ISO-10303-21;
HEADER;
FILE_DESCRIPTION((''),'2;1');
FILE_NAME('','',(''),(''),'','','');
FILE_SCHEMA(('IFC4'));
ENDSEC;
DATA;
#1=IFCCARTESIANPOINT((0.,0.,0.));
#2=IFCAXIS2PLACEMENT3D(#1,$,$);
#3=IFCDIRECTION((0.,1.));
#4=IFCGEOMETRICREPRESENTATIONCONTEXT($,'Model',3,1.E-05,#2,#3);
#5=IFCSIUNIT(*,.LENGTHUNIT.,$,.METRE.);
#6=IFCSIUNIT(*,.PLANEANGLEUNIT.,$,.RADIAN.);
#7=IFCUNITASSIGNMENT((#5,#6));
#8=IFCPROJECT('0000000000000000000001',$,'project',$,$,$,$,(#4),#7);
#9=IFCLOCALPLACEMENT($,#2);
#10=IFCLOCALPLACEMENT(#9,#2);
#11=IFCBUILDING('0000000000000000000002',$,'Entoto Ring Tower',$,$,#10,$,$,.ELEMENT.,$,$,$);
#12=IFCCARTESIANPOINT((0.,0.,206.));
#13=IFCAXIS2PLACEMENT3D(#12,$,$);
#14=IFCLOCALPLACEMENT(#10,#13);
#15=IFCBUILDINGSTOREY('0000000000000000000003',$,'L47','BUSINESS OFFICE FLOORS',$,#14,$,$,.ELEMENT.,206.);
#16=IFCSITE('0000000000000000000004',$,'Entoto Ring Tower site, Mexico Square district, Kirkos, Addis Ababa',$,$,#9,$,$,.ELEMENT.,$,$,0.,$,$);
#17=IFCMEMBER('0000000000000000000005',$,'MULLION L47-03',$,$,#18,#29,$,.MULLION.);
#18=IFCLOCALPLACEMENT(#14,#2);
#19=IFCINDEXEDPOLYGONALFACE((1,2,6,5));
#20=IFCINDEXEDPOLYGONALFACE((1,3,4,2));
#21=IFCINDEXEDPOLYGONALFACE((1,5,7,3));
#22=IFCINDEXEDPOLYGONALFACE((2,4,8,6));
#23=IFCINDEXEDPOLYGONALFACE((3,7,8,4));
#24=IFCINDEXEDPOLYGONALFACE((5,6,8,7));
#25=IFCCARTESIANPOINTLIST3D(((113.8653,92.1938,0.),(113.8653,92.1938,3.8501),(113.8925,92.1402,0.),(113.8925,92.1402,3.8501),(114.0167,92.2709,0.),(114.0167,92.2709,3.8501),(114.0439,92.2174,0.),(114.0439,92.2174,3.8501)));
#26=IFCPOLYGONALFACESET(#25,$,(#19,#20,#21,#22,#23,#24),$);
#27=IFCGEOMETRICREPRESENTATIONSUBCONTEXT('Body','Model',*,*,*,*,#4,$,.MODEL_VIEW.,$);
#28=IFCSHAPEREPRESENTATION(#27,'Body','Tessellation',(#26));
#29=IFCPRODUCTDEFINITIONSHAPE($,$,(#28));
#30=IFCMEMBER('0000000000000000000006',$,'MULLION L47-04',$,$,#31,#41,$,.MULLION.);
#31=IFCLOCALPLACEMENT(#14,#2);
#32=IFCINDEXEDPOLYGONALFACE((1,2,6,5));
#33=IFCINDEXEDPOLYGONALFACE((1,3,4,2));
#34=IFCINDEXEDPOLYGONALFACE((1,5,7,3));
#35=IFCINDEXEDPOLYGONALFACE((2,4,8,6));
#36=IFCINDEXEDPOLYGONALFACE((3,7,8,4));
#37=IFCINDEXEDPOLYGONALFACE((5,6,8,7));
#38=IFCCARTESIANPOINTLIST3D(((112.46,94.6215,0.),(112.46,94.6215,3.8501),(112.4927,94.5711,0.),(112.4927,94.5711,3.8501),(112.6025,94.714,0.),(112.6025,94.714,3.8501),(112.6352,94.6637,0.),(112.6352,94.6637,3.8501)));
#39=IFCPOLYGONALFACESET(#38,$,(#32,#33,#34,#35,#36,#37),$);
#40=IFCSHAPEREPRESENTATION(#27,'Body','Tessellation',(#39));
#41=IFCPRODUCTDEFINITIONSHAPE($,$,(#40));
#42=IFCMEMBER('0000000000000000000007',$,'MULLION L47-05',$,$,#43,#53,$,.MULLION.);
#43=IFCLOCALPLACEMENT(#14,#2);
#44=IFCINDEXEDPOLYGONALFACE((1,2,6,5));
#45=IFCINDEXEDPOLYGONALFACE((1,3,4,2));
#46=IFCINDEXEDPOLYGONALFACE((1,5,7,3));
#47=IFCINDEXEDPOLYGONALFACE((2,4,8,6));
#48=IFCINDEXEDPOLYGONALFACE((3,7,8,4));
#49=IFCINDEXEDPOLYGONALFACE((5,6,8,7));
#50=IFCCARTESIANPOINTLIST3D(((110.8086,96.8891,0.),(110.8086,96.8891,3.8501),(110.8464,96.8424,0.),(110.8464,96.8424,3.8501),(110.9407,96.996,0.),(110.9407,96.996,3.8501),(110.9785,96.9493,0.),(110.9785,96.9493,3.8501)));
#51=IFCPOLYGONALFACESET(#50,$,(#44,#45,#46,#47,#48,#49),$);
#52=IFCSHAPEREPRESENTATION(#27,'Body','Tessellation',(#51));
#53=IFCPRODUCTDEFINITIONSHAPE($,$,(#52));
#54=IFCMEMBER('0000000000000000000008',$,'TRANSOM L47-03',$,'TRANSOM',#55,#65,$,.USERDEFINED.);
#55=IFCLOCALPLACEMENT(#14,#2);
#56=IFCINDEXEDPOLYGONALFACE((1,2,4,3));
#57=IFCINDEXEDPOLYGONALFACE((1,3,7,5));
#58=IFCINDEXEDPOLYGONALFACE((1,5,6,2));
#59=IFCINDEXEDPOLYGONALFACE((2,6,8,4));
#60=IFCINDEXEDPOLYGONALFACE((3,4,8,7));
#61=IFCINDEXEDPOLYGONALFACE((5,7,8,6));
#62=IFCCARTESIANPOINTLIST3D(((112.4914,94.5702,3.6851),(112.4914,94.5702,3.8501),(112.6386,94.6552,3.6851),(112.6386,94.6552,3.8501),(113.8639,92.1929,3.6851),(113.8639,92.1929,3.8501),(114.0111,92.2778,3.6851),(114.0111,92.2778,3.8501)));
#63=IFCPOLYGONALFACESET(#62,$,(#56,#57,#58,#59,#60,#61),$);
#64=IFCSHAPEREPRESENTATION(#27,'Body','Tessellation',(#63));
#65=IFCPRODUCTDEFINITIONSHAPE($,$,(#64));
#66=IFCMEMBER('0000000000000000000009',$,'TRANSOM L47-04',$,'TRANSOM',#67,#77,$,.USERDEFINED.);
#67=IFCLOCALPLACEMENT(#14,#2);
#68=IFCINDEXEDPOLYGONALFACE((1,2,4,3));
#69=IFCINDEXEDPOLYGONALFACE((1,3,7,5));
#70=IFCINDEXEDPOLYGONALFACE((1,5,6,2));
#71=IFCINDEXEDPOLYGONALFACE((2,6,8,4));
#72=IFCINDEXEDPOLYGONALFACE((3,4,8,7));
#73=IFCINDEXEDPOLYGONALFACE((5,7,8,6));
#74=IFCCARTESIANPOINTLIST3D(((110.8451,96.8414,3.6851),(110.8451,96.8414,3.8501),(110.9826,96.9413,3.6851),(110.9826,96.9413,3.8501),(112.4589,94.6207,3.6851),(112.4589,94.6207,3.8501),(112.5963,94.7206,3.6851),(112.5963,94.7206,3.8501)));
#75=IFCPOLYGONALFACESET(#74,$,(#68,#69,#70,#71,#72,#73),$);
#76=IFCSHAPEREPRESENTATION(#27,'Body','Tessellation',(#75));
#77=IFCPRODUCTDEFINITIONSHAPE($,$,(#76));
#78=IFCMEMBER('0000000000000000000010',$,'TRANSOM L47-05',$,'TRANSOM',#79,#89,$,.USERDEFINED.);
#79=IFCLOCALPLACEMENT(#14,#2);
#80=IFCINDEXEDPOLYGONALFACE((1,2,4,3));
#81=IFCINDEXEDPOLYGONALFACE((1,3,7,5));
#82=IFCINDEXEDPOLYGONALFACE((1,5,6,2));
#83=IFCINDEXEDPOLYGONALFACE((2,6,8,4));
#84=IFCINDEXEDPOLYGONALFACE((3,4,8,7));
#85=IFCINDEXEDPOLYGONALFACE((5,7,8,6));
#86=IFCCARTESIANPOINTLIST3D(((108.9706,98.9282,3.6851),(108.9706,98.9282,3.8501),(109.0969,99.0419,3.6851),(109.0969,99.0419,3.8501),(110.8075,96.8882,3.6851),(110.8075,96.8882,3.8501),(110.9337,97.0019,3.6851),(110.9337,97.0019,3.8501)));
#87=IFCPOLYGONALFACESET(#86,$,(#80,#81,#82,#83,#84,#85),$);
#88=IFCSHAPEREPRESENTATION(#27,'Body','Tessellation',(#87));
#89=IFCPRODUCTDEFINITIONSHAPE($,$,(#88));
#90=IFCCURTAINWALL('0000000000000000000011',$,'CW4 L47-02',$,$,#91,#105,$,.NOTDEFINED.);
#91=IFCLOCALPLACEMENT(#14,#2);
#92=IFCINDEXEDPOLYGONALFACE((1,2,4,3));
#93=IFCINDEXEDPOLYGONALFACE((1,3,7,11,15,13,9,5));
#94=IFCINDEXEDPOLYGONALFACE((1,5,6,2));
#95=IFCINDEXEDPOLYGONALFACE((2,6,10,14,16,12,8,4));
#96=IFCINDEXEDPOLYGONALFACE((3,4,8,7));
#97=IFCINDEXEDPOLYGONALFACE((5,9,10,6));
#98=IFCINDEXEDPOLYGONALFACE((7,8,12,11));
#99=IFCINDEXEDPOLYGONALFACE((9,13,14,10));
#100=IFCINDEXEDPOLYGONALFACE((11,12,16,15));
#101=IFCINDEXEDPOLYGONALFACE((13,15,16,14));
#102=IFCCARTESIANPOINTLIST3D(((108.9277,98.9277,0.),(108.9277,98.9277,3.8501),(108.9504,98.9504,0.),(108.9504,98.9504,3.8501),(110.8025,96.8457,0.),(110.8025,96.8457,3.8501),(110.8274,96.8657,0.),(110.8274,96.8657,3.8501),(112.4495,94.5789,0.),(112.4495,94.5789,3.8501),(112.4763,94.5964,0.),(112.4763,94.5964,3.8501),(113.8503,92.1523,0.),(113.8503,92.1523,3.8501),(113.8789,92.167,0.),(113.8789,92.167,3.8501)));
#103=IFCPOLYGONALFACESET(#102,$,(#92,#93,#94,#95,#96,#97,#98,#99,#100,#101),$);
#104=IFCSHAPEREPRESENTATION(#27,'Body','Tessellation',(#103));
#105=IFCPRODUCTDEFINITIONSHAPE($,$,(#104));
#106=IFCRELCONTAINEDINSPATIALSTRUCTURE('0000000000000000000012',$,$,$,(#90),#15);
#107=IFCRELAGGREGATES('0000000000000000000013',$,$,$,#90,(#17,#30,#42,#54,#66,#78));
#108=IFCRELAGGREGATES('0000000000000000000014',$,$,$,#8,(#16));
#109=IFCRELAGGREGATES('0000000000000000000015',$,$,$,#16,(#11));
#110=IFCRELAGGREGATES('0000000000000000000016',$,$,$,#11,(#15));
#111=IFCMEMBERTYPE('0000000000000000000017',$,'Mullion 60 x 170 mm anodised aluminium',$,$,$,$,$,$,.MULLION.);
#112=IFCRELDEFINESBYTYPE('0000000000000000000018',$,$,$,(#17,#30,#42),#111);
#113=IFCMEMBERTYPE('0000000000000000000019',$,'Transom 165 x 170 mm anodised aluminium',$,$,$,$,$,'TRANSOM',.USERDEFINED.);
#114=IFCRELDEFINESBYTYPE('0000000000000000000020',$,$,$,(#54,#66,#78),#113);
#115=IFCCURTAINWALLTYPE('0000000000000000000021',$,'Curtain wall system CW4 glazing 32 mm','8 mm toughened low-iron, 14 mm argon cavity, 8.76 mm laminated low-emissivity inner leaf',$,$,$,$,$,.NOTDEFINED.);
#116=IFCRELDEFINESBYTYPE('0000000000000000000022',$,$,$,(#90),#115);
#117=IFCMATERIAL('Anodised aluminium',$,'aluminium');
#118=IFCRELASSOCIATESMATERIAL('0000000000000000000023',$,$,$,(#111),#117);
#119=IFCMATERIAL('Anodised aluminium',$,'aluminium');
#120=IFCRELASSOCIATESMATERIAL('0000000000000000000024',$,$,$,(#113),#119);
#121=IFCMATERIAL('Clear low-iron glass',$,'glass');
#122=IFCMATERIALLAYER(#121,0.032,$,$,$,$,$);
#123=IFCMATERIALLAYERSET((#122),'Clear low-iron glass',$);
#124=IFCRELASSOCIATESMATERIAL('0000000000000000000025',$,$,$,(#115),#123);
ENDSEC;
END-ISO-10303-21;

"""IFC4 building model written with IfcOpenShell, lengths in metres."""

from ifc_helpers import new_model, si_unit, direction, frame, origin, origin_2d, place, context, subcontext, project, spatial, polyline, rectangle, outline, extrude, material, layer, layer_set, material_profile, profile_set, type_object, element, aggregate, save


model = new_model("IFC4")

# Units and contexts
model_context = context("Model", 3, precision=1e-05, world=origin(), true_north=direction((0.0, 1.0)))
body_context = subcontext(model_context, "Body", "Model", "MODEL_VIEW")
ifc_project = project(units=[si_unit("LENGTHUNIT", "METRE"), si_unit("PLANEANGLEUNIT", "RADIAN")], contexts=[model_context])

# Members
ifc_material_1 = material(Name="Anodised aluminium", Category="aluminium")
ifc_material_profile_1 = material_profile(ifc_material_1, rectangle(XDim=0.0601, YDim=0.1699, at=origin_2d()), Name="Mullion 60 x 170 mm anodised aluminium")
ifc_profile_set_1 = profile_set([ifc_material_profile_1], Name="Anodised aluminium")
member_type_1 = type_object("IfcMemberType", Name="Mullion 60 x 170 mm anodised aluminium", PredefinedType="MULLION", material=ifc_profile_set_1)
site_placement = place(None, origin())
building_placement = place(site_placement, origin())
storey_placement = place(building_placement, frame((0.0, 0.0, 206.0)))
member_1_placement = place(storey_placement, frame((113.9546, 92.2056, 0.0), z_axis=(0.0, 0.0, 1.0), x_axis=(-0.45399, 0.891007, 0.0)))
member_1 = element("IfcMember", 1, at=member_1_placement, type_object=member_type_1, Name="MULLION L47-03", PredefinedType="MULLION", context=body_context, shape_type="SweptSolid", body=[
    extrude(rectangle(XDim=0.0601, YDim=0.1699, at=origin_2d()), origin(), (0.0, 0.0, 1.0), 3.8501),
])
member_2_placement = place(storey_placement, frame((112.5476, 94.6426, 0.0), z_axis=(0.0, 0.0, 1.0), x_axis=(-0.544639, 0.838671, 0.0)))
member_2 = element("IfcMember", 2, at=member_2_placement, type_object=member_type_1, Name="MULLION L47-04", PredefinedType="MULLION", context=body_context, shape_type="SweptSolid", body=[
    extrude(rectangle(XDim=0.0601, YDim=0.1699, at=origin_2d()), origin(), (0.0, 0.0, 1.0), 3.8501),
])
member_3_placement = place(storey_placement, frame((110.8936, 96.9192, 0.0), z_axis=(0.0, 0.0, 1.0), x_axis=(-0.62932, 0.777146, 0.0)))
member_3 = element("IfcMember", 3, at=member_3_placement, type_object=member_type_1, Name="MULLION L47-05", PredefinedType="MULLION", context=body_context, shape_type="SweptSolid", body=[
    extrude(rectangle(XDim=0.0601, YDim=0.1699, at=origin_2d()), origin(), (0.0, 0.0, 1.0), 3.8501),
])
ifc_material_2 = material(Name="Anodised aluminium", Category="aluminium")
ifc_material_profile_2 = material_profile(ifc_material_2, rectangle(XDim=0.1699, YDim=0.165, at=origin_2d()), Name="Transom 165 x 170 mm anodised aluminium")
ifc_profile_set_2 = profile_set([ifc_material_profile_2], Name="Anodised aluminium")
member_type_2 = type_object("IfcMemberType", Name="Transom 165 x 170 mm anodised aluminium", ElementType="TRANSOM", PredefinedType="USERDEFINED", material=ifc_profile_set_2)
member_4_placement = place(storey_placement, frame((113.9375, 92.2354, 3.7676), z_axis=(-0.499984, 0.866035, 0.0), x_axis=(-0.866035, -0.499984, 0.0)))
member_4 = element("IfcMember", 4, at=member_4_placement, type_object=member_type_2, Name="TRANSOM L47-03", ObjectType="TRANSOM", PredefinedType="USERDEFINED", context=body_context, shape_type="SweptSolid", body=[
    extrude(rectangle(XDim=0.1699, YDim=0.165, at=origin_2d()), origin(), (0.0, 0.0, 1.0), 2.7451),
])
member_5_placement = place(storey_placement, frame((112.5276, 94.6707, 3.7676), z_axis=(-0.587865, 0.808959, 0.0), x_axis=(-0.808959, -0.587865, 0.0)))
member_5 = element("IfcMember", 5, at=member_5_placement, type_object=member_type_2, Name="TRANSOM L47-04", ObjectType="TRANSOM", PredefinedType="USERDEFINED", context=body_context, shape_type="SweptSolid", body=[
    extrude(rectangle(XDim=0.1699, YDim=0.165, at=origin_2d()), origin(), (0.0, 0.0, 1.0), 2.7451),
])
member_6_placement = place(storey_placement, frame((110.8706, 96.9451, 3.7676), z_axis=(-0.669142, 0.743135, 0.0), x_axis=(-0.743135, -0.669142, 0.0)))
member_6 = element("IfcMember", 6, at=member_6_placement, type_object=member_type_2, Name="TRANSOM L47-05", ObjectType="TRANSOM", PredefinedType="USERDEFINED", context=body_context, shape_type="SweptSolid", body=[
    extrude(rectangle(XDim=0.1699, YDim=0.165, at=origin_2d()), origin(), (0.0, 0.0, 1.0), 2.7451),
])

# Site, building, storey
site = spatial("IfcSite", under=ifc_project, at=site_placement, Name="Entoto Ring Tower site, Mexico Square district, Kirkos, Addis Ababa", CompositionType="ELEMENT", RefElevation=0.0)
building = spatial("IfcBuilding", under=site, at=building_placement, Name="Entoto Ring Tower", CompositionType="ELEMENT")
storey = spatial("IfcBuildingStorey", under=building, at=storey_placement, Name="L47", Description="BUSINESS OFFICE FLOORS", CompositionType="ELEMENT", Elevation=206.0)

# Curtain wall
ifc_material_3 = material(Name="Clear low-iron glass", Category="glass")
ifc_layer_1 = layer(ifc_material_3, 0.032)
ifc_layer_set_1 = layer_set([ifc_layer_1], Name="Clear low-iron glass")
curtain_wall_type = type_object("IfcCurtainWallType", Name="Curtain wall system CW4 glazing 32 mm", Description="8 mm toughened low-iron, 14 mm argon cavity, 8.76 mm laminated low-emissivity inner leaf", PredefinedType="NOTDEFINED", material=ifc_layer_set_1)
curtain_wall_1_placement = place(storey_placement, origin())
curtain_wall_1 = element("IfcCurtainWall", 7, at=curtain_wall_1_placement, inside=storey, type_object=curtain_wall_type, Name="CW4 L47-02", PredefinedType="NOTDEFINED", context=body_context, shape_type="SweptSolid", body=[
    extrude(outline(polyline([(113.8789, 92.167), (112.4763, 94.5964), (110.8274, 96.8657), (108.9504, 98.9504), (108.9277, 98.9277), (110.8025, 96.8457), (112.4495, 94.5789), (113.8503, 92.1523), (113.8789, 92.167)])), origin(), (0.0, 0.0, 1.0), 3.8501),
])
aggregate(curtain_wall_1, [member_1, member_2, member_3, member_4, member_5, member_6])

save(model, "model.ifc")
